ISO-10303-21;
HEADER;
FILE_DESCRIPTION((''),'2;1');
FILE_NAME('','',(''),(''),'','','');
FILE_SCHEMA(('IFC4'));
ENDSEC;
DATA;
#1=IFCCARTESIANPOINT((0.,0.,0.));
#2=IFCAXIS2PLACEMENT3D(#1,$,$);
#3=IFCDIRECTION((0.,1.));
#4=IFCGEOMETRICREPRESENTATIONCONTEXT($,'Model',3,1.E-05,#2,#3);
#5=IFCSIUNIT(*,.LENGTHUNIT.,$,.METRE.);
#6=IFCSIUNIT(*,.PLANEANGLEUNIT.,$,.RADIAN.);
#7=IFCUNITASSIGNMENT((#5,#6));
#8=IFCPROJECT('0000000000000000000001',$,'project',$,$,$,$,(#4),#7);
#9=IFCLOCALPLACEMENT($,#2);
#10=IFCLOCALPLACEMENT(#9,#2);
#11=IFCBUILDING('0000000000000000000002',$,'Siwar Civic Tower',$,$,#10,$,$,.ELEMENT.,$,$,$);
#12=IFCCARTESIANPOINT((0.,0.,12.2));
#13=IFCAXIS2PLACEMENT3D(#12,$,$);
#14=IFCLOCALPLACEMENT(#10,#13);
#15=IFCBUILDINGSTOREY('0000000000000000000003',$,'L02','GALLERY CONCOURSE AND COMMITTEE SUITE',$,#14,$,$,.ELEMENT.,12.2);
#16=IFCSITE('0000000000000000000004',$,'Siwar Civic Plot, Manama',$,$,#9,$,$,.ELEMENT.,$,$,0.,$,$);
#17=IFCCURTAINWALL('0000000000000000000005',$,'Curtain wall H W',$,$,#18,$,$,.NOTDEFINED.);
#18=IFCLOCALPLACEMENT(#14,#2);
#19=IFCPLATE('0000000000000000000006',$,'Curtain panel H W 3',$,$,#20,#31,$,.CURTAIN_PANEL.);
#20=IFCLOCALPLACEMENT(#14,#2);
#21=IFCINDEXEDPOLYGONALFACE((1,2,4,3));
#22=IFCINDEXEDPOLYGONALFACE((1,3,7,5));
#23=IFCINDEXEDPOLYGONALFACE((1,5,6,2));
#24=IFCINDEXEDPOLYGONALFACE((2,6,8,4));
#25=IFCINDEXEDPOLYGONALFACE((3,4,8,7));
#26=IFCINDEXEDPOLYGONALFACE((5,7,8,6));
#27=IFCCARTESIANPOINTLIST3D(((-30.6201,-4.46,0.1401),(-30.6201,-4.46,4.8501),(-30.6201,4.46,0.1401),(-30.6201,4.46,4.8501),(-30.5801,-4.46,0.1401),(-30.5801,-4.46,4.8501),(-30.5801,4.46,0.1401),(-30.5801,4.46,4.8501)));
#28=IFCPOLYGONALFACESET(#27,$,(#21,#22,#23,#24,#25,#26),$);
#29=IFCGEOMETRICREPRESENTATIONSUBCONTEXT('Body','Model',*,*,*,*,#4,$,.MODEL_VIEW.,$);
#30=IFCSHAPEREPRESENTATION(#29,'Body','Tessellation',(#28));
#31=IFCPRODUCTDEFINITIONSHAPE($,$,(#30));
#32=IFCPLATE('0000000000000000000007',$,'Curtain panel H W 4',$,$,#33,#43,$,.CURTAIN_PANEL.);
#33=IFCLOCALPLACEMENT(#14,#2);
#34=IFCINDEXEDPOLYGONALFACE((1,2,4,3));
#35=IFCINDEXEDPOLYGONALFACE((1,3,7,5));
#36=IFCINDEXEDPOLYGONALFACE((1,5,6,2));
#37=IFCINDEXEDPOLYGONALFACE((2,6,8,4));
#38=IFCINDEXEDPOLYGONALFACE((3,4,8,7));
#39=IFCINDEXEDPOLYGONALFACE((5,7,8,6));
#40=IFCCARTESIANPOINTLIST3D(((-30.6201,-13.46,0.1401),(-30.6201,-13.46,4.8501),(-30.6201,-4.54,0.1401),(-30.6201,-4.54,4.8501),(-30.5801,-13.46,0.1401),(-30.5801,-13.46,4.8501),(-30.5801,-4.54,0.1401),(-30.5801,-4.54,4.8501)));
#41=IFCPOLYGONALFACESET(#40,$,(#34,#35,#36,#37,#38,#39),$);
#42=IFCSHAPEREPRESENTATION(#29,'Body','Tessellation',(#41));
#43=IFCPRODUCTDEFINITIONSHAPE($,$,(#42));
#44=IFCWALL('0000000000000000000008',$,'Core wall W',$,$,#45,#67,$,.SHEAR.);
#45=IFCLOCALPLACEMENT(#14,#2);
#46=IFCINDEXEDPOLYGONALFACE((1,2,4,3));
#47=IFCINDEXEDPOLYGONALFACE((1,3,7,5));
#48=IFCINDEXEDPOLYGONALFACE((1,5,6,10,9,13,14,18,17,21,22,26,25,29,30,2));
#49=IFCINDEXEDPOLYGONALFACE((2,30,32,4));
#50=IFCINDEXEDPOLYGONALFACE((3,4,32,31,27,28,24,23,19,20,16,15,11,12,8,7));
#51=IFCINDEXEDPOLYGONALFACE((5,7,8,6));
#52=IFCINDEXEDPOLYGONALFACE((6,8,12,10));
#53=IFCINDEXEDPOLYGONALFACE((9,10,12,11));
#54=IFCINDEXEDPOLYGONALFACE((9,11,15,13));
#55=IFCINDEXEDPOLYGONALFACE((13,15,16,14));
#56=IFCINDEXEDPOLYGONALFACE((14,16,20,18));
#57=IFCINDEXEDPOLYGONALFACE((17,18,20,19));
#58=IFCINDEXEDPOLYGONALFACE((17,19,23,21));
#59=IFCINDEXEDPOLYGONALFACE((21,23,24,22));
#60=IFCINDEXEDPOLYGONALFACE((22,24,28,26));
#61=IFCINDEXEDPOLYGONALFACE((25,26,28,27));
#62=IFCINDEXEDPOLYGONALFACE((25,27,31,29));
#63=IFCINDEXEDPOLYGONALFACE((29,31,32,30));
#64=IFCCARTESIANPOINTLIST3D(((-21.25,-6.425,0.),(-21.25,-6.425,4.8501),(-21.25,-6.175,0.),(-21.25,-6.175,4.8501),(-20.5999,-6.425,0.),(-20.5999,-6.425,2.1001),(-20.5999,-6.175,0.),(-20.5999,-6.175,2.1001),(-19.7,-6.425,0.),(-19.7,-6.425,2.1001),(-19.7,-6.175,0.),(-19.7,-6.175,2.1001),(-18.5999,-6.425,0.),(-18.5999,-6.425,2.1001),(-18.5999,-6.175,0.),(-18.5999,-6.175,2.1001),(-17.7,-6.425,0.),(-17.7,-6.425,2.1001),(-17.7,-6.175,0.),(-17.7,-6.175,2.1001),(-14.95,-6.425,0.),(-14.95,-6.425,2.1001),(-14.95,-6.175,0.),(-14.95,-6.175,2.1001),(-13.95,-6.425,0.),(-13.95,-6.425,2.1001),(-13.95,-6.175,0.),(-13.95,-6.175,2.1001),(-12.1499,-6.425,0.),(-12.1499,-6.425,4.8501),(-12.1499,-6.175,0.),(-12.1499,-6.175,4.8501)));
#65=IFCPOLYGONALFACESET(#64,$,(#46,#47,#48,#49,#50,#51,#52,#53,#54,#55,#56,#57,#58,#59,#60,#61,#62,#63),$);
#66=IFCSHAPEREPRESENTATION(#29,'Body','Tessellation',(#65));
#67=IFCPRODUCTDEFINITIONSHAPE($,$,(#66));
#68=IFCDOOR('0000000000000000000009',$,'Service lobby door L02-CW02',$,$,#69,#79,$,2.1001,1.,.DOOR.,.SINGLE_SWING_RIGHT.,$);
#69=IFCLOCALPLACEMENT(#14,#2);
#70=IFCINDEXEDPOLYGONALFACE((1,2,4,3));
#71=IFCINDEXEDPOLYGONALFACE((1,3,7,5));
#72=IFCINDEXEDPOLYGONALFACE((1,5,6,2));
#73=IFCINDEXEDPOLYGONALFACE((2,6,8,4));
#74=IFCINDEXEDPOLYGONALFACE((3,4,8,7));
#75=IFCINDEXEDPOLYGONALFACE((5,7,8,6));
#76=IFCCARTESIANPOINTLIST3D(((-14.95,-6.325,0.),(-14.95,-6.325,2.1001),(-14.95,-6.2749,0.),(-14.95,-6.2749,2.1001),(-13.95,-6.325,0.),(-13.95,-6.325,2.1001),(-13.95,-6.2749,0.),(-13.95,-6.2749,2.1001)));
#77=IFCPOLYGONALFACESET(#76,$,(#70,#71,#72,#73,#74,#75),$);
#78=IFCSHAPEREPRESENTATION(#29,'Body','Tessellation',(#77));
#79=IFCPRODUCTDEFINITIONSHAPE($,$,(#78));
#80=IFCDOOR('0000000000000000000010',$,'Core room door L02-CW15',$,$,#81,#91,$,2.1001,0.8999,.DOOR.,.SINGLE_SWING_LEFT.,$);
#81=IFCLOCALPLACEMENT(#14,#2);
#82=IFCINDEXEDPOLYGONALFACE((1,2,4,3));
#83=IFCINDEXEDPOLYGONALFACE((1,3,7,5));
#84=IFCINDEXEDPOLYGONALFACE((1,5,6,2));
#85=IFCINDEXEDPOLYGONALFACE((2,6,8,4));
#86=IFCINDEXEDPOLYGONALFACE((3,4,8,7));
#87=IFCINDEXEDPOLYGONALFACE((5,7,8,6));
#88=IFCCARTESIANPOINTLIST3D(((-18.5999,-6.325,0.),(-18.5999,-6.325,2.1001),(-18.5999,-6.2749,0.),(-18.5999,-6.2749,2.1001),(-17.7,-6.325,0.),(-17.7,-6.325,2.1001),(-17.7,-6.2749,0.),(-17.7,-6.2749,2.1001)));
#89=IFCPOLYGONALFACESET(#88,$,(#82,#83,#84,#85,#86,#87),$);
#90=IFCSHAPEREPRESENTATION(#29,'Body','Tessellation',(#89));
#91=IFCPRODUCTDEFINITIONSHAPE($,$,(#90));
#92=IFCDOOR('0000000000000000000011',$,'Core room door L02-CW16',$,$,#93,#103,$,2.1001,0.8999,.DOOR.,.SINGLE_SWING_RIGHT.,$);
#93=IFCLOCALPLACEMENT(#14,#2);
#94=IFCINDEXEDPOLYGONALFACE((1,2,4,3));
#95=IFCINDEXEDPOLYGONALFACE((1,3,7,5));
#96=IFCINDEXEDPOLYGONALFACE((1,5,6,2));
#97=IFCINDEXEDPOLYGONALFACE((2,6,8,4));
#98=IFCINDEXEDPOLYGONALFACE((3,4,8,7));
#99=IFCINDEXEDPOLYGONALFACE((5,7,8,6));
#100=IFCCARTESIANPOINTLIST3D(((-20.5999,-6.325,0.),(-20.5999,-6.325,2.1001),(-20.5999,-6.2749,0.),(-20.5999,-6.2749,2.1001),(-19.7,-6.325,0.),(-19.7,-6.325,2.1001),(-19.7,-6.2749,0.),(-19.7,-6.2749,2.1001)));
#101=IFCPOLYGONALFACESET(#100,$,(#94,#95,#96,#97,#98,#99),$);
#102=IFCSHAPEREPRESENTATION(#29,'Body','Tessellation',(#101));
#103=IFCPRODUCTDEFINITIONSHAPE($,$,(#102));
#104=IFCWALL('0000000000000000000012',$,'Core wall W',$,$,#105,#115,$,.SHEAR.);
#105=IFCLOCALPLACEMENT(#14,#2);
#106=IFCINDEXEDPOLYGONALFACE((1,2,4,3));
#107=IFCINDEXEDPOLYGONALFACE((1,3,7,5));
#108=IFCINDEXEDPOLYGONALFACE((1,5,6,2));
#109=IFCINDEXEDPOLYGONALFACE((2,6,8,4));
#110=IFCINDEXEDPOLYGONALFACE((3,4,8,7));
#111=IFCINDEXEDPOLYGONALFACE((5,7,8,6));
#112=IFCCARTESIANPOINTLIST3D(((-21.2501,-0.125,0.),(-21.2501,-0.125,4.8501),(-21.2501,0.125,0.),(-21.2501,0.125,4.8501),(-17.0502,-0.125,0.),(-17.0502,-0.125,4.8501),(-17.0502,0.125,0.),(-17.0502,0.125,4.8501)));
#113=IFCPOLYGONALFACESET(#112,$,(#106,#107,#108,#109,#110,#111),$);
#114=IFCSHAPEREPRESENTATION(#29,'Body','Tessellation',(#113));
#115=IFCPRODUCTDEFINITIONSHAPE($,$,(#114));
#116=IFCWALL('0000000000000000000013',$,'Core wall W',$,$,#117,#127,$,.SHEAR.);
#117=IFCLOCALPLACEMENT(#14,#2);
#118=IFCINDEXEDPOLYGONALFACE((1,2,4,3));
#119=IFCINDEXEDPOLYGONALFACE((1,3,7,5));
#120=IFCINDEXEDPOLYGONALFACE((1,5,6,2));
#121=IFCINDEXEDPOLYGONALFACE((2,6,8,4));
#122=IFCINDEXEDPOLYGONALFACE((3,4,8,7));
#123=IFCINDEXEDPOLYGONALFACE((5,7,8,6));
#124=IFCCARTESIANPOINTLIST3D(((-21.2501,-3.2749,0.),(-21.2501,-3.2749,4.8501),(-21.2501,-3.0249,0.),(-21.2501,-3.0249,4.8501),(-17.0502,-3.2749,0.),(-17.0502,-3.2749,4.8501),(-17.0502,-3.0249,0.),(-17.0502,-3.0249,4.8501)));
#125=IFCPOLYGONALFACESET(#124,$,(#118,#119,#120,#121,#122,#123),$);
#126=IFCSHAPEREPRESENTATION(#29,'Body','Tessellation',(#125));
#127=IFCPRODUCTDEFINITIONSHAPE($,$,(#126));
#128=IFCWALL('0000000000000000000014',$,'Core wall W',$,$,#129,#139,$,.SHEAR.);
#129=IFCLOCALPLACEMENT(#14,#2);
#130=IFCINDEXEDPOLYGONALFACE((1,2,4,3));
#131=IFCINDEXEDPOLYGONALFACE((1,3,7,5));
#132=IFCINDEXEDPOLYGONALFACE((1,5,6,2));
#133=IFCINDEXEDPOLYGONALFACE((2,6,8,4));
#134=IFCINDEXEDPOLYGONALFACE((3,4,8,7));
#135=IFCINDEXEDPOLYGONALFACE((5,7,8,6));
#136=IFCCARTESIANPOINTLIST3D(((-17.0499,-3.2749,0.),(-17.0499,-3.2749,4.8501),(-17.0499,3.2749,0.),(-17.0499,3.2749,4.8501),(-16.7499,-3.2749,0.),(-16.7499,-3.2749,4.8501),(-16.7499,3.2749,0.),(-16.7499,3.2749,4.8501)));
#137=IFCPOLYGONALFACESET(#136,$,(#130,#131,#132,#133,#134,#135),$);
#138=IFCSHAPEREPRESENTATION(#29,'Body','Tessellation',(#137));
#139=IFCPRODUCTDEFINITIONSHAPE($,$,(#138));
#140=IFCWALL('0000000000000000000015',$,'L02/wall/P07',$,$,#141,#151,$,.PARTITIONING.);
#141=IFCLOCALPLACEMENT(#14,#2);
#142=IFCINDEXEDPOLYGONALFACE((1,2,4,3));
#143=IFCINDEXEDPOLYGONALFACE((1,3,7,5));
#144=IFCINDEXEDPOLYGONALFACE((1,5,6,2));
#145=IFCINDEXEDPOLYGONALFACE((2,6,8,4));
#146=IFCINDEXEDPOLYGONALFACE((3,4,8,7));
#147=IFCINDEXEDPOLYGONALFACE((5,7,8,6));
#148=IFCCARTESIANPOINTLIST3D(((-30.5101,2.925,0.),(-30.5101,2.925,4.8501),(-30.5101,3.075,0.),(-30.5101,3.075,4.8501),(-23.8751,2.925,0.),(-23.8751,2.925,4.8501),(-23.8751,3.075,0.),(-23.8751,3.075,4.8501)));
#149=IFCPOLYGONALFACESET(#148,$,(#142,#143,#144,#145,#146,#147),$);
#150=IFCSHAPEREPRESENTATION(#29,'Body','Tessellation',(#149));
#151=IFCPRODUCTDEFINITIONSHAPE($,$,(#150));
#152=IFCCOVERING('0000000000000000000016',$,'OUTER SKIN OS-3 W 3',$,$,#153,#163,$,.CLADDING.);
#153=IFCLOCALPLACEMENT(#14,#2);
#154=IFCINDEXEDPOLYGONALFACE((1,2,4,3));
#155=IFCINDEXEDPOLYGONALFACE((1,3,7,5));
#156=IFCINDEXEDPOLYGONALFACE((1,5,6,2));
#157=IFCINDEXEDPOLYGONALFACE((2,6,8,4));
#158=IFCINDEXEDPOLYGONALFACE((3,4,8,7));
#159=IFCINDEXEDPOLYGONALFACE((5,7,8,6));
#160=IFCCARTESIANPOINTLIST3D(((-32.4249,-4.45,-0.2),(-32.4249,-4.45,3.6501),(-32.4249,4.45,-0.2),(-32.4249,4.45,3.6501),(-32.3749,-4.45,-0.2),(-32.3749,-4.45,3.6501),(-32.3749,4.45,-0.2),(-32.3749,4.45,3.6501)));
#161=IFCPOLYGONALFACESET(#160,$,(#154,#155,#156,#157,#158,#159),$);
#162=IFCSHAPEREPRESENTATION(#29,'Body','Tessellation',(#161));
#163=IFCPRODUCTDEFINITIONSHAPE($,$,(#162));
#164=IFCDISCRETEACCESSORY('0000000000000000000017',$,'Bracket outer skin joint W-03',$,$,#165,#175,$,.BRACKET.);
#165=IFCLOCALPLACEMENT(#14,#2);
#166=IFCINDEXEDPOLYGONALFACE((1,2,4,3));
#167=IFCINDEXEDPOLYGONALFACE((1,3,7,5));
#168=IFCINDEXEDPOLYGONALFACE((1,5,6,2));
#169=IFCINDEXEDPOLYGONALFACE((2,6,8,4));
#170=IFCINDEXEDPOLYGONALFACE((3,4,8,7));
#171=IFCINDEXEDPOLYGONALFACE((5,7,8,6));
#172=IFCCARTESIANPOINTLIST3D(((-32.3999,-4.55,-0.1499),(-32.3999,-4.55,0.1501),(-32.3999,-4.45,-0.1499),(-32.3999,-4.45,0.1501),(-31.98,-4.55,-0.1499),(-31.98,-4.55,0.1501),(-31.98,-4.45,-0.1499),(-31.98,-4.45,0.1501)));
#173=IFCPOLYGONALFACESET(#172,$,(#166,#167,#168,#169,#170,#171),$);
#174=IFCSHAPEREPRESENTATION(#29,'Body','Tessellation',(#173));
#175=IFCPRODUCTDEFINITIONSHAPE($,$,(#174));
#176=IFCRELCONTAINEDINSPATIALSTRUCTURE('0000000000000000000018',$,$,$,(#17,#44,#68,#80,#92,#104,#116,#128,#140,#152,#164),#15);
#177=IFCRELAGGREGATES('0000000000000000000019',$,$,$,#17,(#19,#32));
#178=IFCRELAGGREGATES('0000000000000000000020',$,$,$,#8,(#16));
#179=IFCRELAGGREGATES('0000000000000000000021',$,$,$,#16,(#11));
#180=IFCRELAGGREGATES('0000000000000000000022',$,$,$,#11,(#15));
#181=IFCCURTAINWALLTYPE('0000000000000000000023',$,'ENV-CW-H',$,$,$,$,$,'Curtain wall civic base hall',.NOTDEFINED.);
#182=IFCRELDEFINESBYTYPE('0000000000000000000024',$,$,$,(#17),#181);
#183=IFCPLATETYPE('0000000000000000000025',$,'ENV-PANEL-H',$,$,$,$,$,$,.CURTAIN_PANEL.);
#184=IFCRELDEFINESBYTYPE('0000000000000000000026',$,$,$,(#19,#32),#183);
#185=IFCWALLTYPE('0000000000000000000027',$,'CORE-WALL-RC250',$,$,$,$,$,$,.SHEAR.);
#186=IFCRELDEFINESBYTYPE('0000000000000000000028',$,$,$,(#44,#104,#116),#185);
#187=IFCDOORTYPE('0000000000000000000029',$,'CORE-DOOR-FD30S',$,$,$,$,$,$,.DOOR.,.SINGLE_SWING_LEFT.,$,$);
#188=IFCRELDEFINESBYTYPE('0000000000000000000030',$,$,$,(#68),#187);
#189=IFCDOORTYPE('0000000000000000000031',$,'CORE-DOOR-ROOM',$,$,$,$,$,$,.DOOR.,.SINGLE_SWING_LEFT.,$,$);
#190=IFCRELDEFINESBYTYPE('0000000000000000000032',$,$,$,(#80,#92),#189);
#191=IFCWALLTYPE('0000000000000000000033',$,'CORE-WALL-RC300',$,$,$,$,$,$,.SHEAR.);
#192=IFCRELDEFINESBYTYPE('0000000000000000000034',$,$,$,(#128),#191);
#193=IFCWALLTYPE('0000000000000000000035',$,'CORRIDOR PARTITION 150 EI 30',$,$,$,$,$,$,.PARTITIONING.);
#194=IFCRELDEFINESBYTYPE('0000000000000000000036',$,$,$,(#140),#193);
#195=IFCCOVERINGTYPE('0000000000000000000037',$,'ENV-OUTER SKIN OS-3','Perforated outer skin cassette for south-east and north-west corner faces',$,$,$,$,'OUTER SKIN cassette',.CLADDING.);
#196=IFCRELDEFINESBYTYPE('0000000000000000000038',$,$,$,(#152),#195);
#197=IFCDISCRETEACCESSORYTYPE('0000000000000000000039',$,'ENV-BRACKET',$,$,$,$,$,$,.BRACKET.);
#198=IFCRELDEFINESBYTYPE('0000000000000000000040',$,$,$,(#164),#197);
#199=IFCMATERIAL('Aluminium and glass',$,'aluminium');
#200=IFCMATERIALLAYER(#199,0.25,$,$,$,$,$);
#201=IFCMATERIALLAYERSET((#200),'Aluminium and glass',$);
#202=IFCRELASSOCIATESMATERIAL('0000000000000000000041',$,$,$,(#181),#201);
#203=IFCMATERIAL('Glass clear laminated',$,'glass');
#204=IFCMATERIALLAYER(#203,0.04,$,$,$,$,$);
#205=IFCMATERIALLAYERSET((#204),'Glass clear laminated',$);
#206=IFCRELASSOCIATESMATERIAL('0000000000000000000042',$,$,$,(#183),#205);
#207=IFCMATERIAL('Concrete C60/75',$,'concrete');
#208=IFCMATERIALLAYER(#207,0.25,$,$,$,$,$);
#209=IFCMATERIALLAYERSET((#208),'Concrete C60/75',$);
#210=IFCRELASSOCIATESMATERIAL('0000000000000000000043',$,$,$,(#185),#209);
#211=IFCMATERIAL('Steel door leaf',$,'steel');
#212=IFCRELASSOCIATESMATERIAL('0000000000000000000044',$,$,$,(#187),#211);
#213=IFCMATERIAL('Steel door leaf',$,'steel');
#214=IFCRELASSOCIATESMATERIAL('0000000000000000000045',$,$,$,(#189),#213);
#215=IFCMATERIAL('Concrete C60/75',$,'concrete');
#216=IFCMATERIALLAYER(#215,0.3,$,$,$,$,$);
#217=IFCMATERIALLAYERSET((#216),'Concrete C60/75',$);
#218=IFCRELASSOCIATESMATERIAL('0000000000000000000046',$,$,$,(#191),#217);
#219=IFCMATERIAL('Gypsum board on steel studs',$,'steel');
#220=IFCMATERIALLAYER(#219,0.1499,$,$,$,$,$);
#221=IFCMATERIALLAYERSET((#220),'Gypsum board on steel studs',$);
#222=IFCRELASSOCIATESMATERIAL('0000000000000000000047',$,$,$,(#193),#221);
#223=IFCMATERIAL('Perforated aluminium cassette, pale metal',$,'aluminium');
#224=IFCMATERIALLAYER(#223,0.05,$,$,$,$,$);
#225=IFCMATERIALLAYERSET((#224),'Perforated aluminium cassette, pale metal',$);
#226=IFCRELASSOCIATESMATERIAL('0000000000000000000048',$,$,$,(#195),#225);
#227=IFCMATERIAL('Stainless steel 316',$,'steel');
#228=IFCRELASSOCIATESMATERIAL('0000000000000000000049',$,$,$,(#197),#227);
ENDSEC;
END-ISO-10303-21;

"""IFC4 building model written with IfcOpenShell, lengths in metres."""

from ifc_helpers import new_model, si_unit, direction, frame, frame_2d, origin, origin_2d, place, context, subcontext, project, spatial, rectangle, extrude, material, layer, layer_set, type_object, element, fill, aggregate, save


model = new_model("IFC4")

# Units and contexts
model_context = context("Model", 3, precision=1e-05, world=origin(), true_north=direction((0.0, 1.0)))
body_context = subcontext(model_context, "Body", "Model", "MODEL_VIEW")
ifc_project = project(units=[si_unit("LENGTHUNIT", "METRE"), si_unit("PLANEANGLEUNIT", "RADIAN")], contexts=[model_context])

# Site, building, storey
site_placement = place(None, origin())
site = spatial("IfcSite", under=ifc_project, at=site_placement, Name="Siwar Civic Plot, Manama", CompositionType="ELEMENT", RefElevation=0.0)
building_placement = place(site_placement, origin())
building = spatial("IfcBuilding", under=site, at=building_placement, Name="Siwar Civic Tower", CompositionType="ELEMENT")
storey_placement = place(building_placement, frame((0.0, 0.0, 12.2)))
storey = spatial("IfcBuildingStorey", under=building, at=storey_placement, Name="L02", Description="GALLERY CONCOURSE AND COMMITTEE SUITE", CompositionType="ELEMENT", Elevation=12.2)

# Curtain wall
ifc_material_1 = material(Name="Aluminium and glass", Category="aluminium")
ifc_layer_1 = layer(ifc_material_1, 0.25)
ifc_layer_set_1 = layer_set([ifc_layer_1], Name="Aluminium and glass")
curtain_wall_type = type_object("IfcCurtainWallType", Name="ENV-CW-H", ElementType="Curtain wall civic base hall", PredefinedType="NOTDEFINED", material=ifc_layer_set_1)
curtain_wall_placement = place(storey_placement, origin())
curtain_wall = element("IfcCurtainWall", 1, at=curtain_wall_placement, inside=storey, type_object=curtain_wall_type, Name="Curtain wall H W", PredefinedType="NOTDEFINED")

# Plates
ifc_material_2 = material(Name="Glass clear laminated", Category="glass")
ifc_layer_2 = layer(ifc_material_2, 0.04)
ifc_layer_set_2 = layer_set([ifc_layer_2], Name="Glass clear laminated")
plate_type = type_object("IfcPlateType", Name="ENV-PANEL-H", PredefinedType="CURTAIN_PANEL", material=ifc_layer_set_2)
plate_1_placement = place(storey_placement, frame((-30.6001, 0.0, 0.1401), z_axis=(0.0, 0.0, 1.0), x_axis=(0.0, -1.0, 0.0)))
plate_1 = element("IfcPlate", 2, at=plate_1_placement, type_object=plate_type, Name="Curtain panel H W 3", PredefinedType="CURTAIN_PANEL", context=body_context, shape_type="SweptSolid", body=[
    extrude(rectangle(XDim=8.9199, YDim=0.04, at=origin_2d()), origin(), (0.0, 0.0, 1.0), 4.71),
])
plate_2_placement = place(storey_placement, frame((-30.6001, -9.0, 0.1401), z_axis=(0.0, 0.0, 1.0), x_axis=(0.0, -1.0, 0.0)))
plate_2 = element("IfcPlate", 3, at=plate_2_placement, type_object=plate_type, Name="Curtain panel H W 4", PredefinedType="CURTAIN_PANEL", context=body_context, shape_type="SweptSolid", body=[
    extrude(rectangle(XDim=8.9199, YDim=0.04, at=origin_2d()), origin(), (0.0, 0.0, 1.0), 4.71),
])
aggregate(curtain_wall, [plate_1, plate_2])

# Wall, openings, doors
ifc_material_3 = material(Name="Concrete C60/75", Category="concrete")
ifc_layer_3 = layer(ifc_material_3, 0.25)
ifc_layer_set_3 = layer_set([ifc_layer_3], Name="Concrete C60/75")
wall_type_1 = type_object("IfcWallType", Name="CORE-WALL-RC250", PredefinedType="SHEAR", material=ifc_layer_set_3)
wall_1_placement = place(storey_placement, frame((-12.1499, -6.3, 0.0), z_axis=(0.0, 0.0, 1.0), x_axis=(-1.0, 0.0, 0.0)))
wall_1 = element("IfcWall", 4, at=wall_1_placement, inside=storey, type_object=wall_type_1, Name="Core wall W", PredefinedType="SHEAR", context=body_context, shape_type="SweptSolid", body=[
    extrude(rectangle(XDim=9.1001, YDim=0.25, at=frame_2d((4.55, 0.0))), origin(), (0.0, 0.0, 1.0), 4.8501),
])
opening_1_placement = place(wall_1_placement, frame((1.8, 0.0, 0.0)))
opening_1 = element("IfcOpeningElement", 5, at=opening_1_placement, cuts=wall_1, PredefinedType="OPENING", context=body_context, shape_type="SweptSolid", body=[
    extrude(rectangle(XDim=1.0, YDim=2.1001, at=frame_2d((0.5, 1.05))), frame((0.0, 0.135, 0.0), z_axis=(0.0, -1.0, 0.0), x_axis=(1.0, 0.0, 0.0)), (0.0, 0.0, 1.0), 0.27),
])
opening_2_placement = place(wall_1_placement, frame((5.55, 0.0, 0.0)))
opening_2 = element("IfcOpeningElement", 6, at=opening_2_placement, cuts=wall_1, PredefinedType="OPENING", context=body_context, shape_type="SweptSolid", body=[
    extrude(rectangle(XDim=0.8999, YDim=2.1001, at=frame_2d((0.45, 1.05))), frame((0.0, 0.135, 0.0), z_axis=(0.0, -1.0, 0.0), x_axis=(1.0, 0.0, 0.0)), (0.0, 0.0, 1.0), 0.27),
])
opening_3_placement = place(wall_1_placement, frame((7.55, 0.0, 0.0)))
opening_3 = element("IfcOpeningElement", 7, at=opening_3_placement, cuts=wall_1, PredefinedType="OPENING", context=body_context, shape_type="SweptSolid", body=[
    extrude(rectangle(XDim=0.8999, YDim=2.1001, at=frame_2d((0.45, 1.05))), frame((0.0, 0.135, 0.0), z_axis=(0.0, -1.0, 0.0), x_axis=(1.0, 0.0, 0.0)), (0.0, 0.0, 1.0), 0.27),
])
ifc_material_4 = material(Name="Steel door leaf", Category="steel")
door_type_1 = type_object("IfcDoorType", Name="CORE-DOOR-FD30S", OperationType="SINGLE_SWING_LEFT", PredefinedType="DOOR", material=ifc_material_4)
door_1_placement = place(opening_1_placement, origin())
door_1 = element("IfcDoor", 8, at=door_1_placement, inside=storey, type_object=door_type_1, Name="Service lobby door L02-CW02", OperationType="SINGLE_SWING_RIGHT", OverallHeight=2.1001, OverallWidth=1.0, PredefinedType="DOOR", context=body_context, shape_type="SweptSolid", body=[
    extrude(rectangle(XDim=1.0, YDim=2.1001, at=frame_2d((0.5, 1.05))), frame((0.0, 0.0249, 0.0), z_axis=(0.0, -1.0, 0.0), x_axis=(1.0, 0.0, 0.0)), (0.0, 0.0, 1.0), 0.05),
])
fill(opening_1, door_1)
ifc_material_5 = material(Name="Steel door leaf", Category="steel")
door_type_2 = type_object("IfcDoorType", Name="CORE-DOOR-ROOM", OperationType="SINGLE_SWING_LEFT", PredefinedType="DOOR", material=ifc_material_5)
door_2_placement = place(opening_2_placement, origin())
door_2 = element("IfcDoor", 9, at=door_2_placement, inside=storey, type_object=door_type_2, Name="Core room door L02-CW15", OperationType="SINGLE_SWING_LEFT", OverallHeight=2.1001, OverallWidth=0.8999, PredefinedType="DOOR", context=body_context, shape_type="SweptSolid", body=[
    extrude(rectangle(XDim=0.8999, YDim=2.1001, at=frame_2d((0.45, 1.05))), frame((0.0, 0.0249, 0.0), z_axis=(0.0, -1.0, 0.0), x_axis=(1.0, 0.0, 0.0)), (0.0, 0.0, 1.0), 0.05),
])
fill(opening_2, door_2)
door_3_placement = place(opening_3_placement, origin())
door_3 = element("IfcDoor", 10, at=door_3_placement, inside=storey, type_object=door_type_2, Name="Core room door L02-CW16", OperationType="SINGLE_SWING_RIGHT", OverallHeight=2.1001, OverallWidth=0.8999, PredefinedType="DOOR", context=body_context, shape_type="SweptSolid", body=[
    extrude(rectangle(XDim=0.8999, YDim=2.1001, at=frame_2d((0.45, 1.05))), frame((0.0, 0.0249, 0.0), z_axis=(0.0, -1.0, 0.0), x_axis=(1.0, 0.0, 0.0)), (0.0, 0.0, 1.0), 0.05),
])
fill(opening_3, door_3)

# Walls
for number, where, z_axis, x_axis, name in (
    (11, (-17.05, 0.0, 0.0), (0.0, 0.0, 1.0), (-1.0, 0.0, 0.0), "Core wall W"),
    (12, (-17.05, -3.1499, 0.0), (0.0, 0.0, 1.0), (-1.0, 0.0, 0.0), "Core wall W"),
):
    element("IfcWall", number, at=place(storey_placement, frame(where, z_axis=z_axis, x_axis=x_axis)), inside=storey, type_object=wall_type_1, Name=name, PredefinedType="SHEAR", context=body_context, shape_type="SweptSolid", body=[
        extrude(rectangle(XDim=4.2, YDim=0.25, at=frame_2d((2.1001, 0.0))), origin(), (0.0, 0.0, 1.0), 4.8501),
    ])
ifc_material_6 = material(Name="Concrete C60/75", Category="concrete")
ifc_layer_4 = layer(ifc_material_6, 0.3)
ifc_layer_set_4 = layer_set([ifc_layer_4], Name="Concrete C60/75")
wall_type_2 = type_object("IfcWallType", Name="CORE-WALL-RC300", PredefinedType="SHEAR", material=ifc_layer_set_4)
wall_2_placement = place(storey_placement, frame((-16.8999, -3.2749, 0.0), z_axis=(0.0, 0.0, 1.0), x_axis=(0.0, 1.0, 0.0)))
element("IfcWall", 13, at=wall_2_placement, inside=storey, type_object=wall_type_2, Name="Core wall W", PredefinedType="SHEAR", context=body_context, shape_type="SweptSolid", body=[
    extrude(rectangle(XDim=6.5498, YDim=0.3, at=frame_2d((3.2749, 0.0))), origin(), (0.0, 0.0, 1.0), 4.8501),
])
ifc_material_7 = material(Name="Gypsum board on steel studs", Category="steel")
ifc_layer_5 = layer(ifc_material_7, 0.1499)
ifc_layer_set_5 = layer_set([ifc_layer_5], Name="Gypsum board on steel studs")
wall_type_3 = type_object("IfcWallType", Name="CORRIDOR PARTITION 150 EI 30", PredefinedType="PARTITIONING", material=ifc_layer_set_5)
wall_3_placement = place(storey_placement, frame((-30.51, 3.0, 0.0), z_axis=(0.0, 0.0, 1.0), x_axis=(1.0, 0.0, 0.0)))
element("IfcWall", 14, at=wall_3_placement, inside=storey, type_object=wall_type_3, Name="L02/wall/P07", PredefinedType="PARTITIONING", context=body_context, shape_type="SweptSolid", body=[
    extrude(rectangle(XDim=6.635, YDim=0.1499, at=frame_2d((3.3174, 0.0))), origin(), (0.0, 0.0, 1.0), 4.8501),
])

# Covering
ifc_material_8 = material(Name="Perforated aluminium cassette, pale metal", Category="aluminium")
ifc_layer_6 = layer(ifc_material_8, 0.05)
ifc_layer_set_6 = layer_set([ifc_layer_6], Name="Perforated aluminium cassette, pale metal")
covering_type = type_object("IfcCoveringType", Name="ENV-OUTER SKIN OS-3", Description="Perforated outer skin cassette for south-east and north-west corner faces", ElementType="OUTER SKIN cassette", PredefinedType="CLADDING", material=ifc_layer_set_6)
covering_placement = place(storey_placement, frame((-32.3999, 0.0, -0.2), z_axis=(0.0, 0.0, 1.0), x_axis=(0.0, -1.0, 0.0)))
element("IfcCovering", 15, at=covering_placement, inside=storey, type_object=covering_type, Name="OUTER SKIN OS-3 W 3", PredefinedType="CLADDING", context=body_context, shape_type="SweptSolid", body=[
    extrude(rectangle(XDim=8.8999, YDim=0.05, at=origin_2d()), origin(), (0.0, 0.0, 1.0), 3.8501),
])

# Discrete accessory
ifc_material_9 = material(Name="Stainless steel 316", Category="steel")
discrete_accessory_type = type_object("IfcDiscreteAccessoryType", Name="ENV-BRACKET", PredefinedType="BRACKET", material=ifc_material_9)
discrete_accessory_placement = place(storey_placement, frame((-32.1899, -4.5, -0.1499), z_axis=(0.0, 0.0, 1.0), x_axis=(-1.0, 0.0, 0.0)))
element("IfcDiscreteAccessory", 16, at=discrete_accessory_placement, inside=storey, type_object=discrete_accessory_type, Name="Bracket outer skin joint W-03", PredefinedType="BRACKET", context=body_context, shape_type="SweptSolid", body=[
    extrude(rectangle(XDim=0.4199, YDim=0.1001, at=origin_2d()), origin(), (0.0, 0.0, 1.0), 0.3),
])

save(model, "model.ifc")
